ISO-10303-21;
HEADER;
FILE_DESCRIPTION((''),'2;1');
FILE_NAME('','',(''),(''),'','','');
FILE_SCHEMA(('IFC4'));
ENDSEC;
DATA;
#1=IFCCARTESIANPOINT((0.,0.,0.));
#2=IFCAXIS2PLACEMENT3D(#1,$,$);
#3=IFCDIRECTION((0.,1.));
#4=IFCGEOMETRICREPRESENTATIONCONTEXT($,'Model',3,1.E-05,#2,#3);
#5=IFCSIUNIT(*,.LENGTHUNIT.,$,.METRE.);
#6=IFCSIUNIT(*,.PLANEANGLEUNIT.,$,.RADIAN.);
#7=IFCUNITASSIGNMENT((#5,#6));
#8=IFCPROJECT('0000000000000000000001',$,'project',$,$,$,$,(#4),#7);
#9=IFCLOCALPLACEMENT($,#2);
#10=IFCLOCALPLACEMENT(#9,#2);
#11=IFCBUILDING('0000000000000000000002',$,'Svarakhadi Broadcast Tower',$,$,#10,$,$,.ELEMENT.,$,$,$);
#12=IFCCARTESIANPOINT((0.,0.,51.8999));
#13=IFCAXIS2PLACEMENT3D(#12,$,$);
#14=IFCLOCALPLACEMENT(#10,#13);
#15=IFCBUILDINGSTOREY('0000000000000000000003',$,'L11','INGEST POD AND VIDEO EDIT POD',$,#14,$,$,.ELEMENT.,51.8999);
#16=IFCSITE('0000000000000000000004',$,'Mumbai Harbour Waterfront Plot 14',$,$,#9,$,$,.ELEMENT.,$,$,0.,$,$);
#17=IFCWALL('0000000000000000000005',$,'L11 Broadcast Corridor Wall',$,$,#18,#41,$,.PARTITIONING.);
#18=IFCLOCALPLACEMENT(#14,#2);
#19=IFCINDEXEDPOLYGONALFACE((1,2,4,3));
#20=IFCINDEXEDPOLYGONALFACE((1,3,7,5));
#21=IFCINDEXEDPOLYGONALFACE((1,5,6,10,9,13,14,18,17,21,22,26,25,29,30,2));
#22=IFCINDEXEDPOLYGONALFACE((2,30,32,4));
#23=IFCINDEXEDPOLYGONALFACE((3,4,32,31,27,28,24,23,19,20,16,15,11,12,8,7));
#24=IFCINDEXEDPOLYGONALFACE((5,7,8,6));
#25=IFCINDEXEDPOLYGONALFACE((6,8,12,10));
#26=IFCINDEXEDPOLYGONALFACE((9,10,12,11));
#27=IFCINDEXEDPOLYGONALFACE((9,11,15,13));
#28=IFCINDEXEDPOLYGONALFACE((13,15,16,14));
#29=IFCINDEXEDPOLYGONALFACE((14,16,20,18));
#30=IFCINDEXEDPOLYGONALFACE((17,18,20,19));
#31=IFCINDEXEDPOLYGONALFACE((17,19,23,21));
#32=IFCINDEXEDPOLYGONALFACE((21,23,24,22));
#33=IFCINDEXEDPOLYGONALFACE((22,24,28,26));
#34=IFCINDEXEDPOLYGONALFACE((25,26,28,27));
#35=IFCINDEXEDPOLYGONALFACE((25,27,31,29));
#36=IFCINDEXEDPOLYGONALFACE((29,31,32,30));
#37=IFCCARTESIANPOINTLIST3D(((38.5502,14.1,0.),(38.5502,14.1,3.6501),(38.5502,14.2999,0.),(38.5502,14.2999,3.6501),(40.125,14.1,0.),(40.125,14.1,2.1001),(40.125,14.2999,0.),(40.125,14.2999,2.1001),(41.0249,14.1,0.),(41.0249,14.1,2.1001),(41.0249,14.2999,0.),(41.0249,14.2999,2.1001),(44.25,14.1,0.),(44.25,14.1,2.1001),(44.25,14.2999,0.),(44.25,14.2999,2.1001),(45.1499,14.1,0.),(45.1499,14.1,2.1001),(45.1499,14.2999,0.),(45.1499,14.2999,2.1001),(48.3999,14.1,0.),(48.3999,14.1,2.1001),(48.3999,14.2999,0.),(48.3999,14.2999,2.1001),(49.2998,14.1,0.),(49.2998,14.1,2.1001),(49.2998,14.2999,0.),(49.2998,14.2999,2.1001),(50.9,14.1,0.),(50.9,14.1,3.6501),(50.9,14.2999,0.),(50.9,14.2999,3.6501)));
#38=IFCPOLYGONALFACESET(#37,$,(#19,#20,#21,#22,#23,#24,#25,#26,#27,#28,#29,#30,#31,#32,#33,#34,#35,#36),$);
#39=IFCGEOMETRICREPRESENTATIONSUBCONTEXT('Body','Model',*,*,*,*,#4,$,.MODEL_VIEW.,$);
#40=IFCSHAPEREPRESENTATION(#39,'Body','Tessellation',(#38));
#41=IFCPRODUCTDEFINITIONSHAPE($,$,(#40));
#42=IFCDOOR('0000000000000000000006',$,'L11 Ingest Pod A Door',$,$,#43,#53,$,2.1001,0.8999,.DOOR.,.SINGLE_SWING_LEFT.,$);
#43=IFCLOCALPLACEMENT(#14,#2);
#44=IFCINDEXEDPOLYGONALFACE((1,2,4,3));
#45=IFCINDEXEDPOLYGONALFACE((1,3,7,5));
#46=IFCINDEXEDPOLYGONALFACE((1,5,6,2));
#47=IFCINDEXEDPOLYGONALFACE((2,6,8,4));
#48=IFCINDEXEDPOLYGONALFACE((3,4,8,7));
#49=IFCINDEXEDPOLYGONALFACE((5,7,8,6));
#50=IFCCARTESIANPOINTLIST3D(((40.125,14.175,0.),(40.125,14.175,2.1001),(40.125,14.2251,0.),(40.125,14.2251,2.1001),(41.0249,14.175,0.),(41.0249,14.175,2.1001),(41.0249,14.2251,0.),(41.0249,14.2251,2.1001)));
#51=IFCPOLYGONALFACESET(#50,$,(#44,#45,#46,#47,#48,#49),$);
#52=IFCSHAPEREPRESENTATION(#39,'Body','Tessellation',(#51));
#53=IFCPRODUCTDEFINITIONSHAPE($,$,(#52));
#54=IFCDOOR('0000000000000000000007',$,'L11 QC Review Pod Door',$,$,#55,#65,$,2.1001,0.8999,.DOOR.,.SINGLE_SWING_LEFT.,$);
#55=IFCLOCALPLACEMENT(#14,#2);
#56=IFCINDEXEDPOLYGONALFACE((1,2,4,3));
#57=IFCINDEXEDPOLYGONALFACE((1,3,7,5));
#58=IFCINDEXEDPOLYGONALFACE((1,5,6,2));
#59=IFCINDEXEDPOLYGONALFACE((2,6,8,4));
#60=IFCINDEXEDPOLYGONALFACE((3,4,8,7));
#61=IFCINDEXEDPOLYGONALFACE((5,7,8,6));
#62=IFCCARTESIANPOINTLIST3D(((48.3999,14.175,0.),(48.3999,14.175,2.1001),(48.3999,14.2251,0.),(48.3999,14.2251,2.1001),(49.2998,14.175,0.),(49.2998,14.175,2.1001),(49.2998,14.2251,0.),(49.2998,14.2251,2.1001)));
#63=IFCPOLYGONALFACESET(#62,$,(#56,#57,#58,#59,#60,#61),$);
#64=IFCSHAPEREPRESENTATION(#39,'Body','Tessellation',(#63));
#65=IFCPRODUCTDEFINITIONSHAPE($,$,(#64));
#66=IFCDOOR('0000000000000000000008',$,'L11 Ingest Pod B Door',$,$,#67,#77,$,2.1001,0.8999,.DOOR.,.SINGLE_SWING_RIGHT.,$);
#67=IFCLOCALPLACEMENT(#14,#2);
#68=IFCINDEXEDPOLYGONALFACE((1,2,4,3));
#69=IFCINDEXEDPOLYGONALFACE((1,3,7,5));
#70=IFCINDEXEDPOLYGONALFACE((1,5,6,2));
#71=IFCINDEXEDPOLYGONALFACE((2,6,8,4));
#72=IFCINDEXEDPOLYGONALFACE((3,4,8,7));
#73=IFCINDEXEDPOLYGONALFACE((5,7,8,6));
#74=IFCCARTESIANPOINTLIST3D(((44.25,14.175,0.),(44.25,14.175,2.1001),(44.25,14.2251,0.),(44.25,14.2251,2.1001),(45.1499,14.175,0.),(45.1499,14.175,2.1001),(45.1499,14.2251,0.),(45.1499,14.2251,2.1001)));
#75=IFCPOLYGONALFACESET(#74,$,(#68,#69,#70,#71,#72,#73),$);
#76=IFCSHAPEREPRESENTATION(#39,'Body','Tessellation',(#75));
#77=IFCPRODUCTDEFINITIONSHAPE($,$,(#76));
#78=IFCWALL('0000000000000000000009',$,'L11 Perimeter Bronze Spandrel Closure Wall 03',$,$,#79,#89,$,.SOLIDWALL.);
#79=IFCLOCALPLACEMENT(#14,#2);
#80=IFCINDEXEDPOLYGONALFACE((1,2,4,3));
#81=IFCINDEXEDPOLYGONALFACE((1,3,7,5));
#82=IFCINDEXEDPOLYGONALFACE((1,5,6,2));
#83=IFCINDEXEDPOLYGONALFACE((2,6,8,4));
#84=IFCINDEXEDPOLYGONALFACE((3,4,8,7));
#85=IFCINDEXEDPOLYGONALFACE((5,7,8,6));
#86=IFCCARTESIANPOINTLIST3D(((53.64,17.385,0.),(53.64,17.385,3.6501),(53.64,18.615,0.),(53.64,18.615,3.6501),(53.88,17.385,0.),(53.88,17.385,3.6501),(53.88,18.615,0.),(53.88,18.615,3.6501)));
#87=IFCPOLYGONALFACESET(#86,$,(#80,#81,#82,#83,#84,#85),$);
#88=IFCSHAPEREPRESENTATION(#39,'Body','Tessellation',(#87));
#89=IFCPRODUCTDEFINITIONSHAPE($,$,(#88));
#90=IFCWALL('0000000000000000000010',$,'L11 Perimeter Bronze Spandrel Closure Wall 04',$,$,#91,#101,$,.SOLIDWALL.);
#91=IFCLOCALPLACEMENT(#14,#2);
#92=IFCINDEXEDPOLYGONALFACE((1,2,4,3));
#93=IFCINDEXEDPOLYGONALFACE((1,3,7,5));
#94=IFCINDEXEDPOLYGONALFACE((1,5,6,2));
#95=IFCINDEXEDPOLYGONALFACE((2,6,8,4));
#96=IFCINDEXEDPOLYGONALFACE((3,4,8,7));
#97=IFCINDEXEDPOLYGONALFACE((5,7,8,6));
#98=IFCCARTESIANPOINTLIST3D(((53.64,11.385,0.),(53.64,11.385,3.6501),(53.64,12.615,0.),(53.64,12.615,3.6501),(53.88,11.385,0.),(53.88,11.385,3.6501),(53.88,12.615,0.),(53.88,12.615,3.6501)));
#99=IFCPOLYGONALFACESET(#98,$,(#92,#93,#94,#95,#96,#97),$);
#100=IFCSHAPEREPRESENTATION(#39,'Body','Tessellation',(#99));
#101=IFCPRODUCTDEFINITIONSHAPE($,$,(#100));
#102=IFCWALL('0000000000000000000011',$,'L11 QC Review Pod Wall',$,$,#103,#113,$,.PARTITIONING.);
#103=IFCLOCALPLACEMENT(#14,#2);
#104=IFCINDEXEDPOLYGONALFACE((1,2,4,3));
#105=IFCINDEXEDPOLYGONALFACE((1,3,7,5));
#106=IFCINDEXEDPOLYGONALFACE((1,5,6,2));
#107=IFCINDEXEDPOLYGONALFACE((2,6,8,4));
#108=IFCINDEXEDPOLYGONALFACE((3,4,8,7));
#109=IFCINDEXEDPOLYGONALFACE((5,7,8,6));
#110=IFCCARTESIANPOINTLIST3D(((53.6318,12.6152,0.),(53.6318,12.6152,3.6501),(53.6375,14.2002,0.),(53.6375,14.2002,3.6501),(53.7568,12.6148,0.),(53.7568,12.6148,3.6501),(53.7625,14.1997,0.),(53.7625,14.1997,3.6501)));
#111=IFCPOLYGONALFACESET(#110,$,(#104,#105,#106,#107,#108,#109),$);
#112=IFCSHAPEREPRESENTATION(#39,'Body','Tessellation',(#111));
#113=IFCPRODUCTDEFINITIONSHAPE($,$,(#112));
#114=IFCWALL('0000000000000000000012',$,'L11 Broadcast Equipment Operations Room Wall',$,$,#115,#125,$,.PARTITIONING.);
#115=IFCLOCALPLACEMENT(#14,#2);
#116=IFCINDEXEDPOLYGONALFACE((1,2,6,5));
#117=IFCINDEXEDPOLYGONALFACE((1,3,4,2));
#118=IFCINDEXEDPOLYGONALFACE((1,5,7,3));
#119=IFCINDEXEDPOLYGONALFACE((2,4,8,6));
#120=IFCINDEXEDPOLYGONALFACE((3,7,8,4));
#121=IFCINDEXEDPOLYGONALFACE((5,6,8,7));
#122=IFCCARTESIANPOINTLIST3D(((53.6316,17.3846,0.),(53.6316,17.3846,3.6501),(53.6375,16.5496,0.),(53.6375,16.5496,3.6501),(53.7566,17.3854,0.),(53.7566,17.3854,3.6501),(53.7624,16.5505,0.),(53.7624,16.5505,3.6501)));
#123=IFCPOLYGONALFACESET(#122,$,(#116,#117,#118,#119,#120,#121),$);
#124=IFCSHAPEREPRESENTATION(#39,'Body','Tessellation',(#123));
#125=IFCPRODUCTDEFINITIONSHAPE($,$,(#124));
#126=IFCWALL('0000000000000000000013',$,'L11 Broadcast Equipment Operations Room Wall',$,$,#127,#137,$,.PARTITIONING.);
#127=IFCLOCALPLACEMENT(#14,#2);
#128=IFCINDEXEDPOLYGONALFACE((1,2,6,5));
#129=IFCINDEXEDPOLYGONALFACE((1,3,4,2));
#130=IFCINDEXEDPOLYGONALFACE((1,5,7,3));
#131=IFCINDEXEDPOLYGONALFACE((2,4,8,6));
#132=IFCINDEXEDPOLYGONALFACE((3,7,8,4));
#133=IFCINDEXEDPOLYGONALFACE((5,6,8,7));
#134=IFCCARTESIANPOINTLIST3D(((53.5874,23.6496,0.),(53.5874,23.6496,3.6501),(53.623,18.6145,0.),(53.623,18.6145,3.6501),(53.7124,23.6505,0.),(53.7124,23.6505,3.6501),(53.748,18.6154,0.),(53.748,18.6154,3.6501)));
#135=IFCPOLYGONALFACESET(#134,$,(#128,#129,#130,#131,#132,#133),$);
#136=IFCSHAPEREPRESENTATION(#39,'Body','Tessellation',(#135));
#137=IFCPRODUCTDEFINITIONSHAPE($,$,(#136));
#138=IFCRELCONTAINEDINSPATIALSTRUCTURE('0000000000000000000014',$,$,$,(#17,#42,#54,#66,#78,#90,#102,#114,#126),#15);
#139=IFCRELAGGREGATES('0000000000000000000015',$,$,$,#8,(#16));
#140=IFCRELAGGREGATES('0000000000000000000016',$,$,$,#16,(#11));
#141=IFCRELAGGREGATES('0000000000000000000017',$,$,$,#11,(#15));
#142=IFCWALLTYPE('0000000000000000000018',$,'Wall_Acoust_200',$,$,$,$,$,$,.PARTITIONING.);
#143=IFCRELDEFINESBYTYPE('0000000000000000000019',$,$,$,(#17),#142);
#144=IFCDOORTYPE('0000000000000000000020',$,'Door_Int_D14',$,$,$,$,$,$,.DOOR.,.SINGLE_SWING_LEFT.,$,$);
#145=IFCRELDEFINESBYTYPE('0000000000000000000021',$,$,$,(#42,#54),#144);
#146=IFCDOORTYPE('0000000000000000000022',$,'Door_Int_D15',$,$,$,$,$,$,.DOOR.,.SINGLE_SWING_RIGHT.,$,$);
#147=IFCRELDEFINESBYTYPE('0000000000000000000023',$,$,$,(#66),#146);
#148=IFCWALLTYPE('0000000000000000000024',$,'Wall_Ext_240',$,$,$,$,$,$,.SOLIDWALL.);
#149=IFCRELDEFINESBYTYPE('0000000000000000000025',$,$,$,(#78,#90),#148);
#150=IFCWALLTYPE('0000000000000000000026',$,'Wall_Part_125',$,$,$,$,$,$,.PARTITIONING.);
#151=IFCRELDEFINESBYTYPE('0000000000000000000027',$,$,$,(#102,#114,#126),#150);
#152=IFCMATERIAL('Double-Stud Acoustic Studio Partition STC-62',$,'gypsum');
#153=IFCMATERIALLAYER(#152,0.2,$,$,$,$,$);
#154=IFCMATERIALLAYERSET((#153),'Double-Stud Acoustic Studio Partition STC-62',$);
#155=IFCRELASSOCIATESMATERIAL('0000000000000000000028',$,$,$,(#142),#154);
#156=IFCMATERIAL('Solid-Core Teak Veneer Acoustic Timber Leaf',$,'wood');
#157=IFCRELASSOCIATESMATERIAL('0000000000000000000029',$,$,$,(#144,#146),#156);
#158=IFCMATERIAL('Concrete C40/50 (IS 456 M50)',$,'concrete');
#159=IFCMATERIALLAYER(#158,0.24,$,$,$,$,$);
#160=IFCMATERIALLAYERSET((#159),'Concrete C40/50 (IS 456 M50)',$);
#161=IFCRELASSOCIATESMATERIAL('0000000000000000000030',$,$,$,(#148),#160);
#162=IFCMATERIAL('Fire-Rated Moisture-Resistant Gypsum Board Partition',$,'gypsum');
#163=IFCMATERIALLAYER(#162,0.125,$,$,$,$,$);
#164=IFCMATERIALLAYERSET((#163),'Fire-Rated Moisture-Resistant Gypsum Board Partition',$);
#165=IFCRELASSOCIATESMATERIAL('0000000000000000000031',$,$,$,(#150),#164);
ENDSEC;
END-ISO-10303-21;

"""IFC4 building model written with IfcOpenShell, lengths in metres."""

from ifc_helpers import new_model, si_unit, direction, frame, frame_2d, origin, place, context, subcontext, project, spatial, rectangle, extrude, material, layer, layer_set, type_object, element, fill, save


model = new_model("IFC4")

# Units and contexts
model_context = context("Model", 3, precision=1e-05, world=origin(), true_north=direction((0.0, 1.0)))
body_context = subcontext(model_context, "Body", "Model", "MODEL_VIEW")
ifc_project = project(units=[si_unit("LENGTHUNIT", "METRE"), si_unit("PLANEANGLEUNIT", "RADIAN")], contexts=[model_context])

# Site, building, storey
site_placement = place(None, origin())
site = spatial("IfcSite", under=ifc_project, at=site_placement, Name="Mumbai Harbour Waterfront Plot 14", CompositionType="ELEMENT", RefElevation=0.0)
building_placement = place(site_placement, origin())
building = spatial("IfcBuilding", under=site, at=building_placement, Name="Svarakhadi Broadcast Tower", CompositionType="ELEMENT")
storey_placement = place(building_placement, frame((0.0, 0.0, 51.8999)))
storey = spatial("IfcBuildingStorey", under=building, at=storey_placement, Name="L11", Description="INGEST POD AND VIDEO EDIT POD", CompositionType="ELEMENT", Elevation=51.8999)

# Shared definitions
ifc_material_1 = material(Name="Double-Stud Acoustic Studio Partition STC-62", Category="gypsum")
ifc_layer_1 = layer(ifc_material_1, 0.2)
ifc_layer_set_1 = layer_set([ifc_layer_1], Name="Double-Stud Acoustic Studio Partition STC-62")
wall_type_1 = type_object("IfcWallType", Name="Wall_Acoust_200", PredefinedType="PARTITIONING", material=ifc_layer_set_1)

# Wall, openings, doors
wall_1_placement = place(storey_placement, frame((50.8999, 14.2, 0.0), z_axis=(0.0, 0.0, 1.0), x_axis=(-1.0, 0.0, 0.0)))
wall_1 = element("IfcWall", 1, at=wall_1_placement, inside=storey, type_object=wall_type_1, Name="L11 Broadcast Corridor Wall", PredefinedType="PARTITIONING", context=body_context, shape_type="SweptSolid", body=[
    extrude(rectangle(XDim=12.3499, YDim=0.2, at=frame_2d((6.1748, 0.0))), origin(), (0.0, 0.0, 1.0), 3.6501),
])
opening_1_placement = place(wall_1_placement, frame((9.875, 0.0, 0.0)))
opening_1 = element("IfcOpeningElement", 2, at=opening_1_placement, cuts=wall_1, PredefinedType="OPENING", context=body_context, shape_type="SweptSolid", body=[
    extrude(rectangle(XDim=0.8999, YDim=2.1001, at=frame_2d((0.45, 1.05))), frame((0.0, 0.1099, 0.0), z_axis=(0.0, -1.0, 0.0), x_axis=(1.0, 0.0, 0.0)), (0.0, 0.0, 1.0), 0.22),
])
opening_2_placement = place(wall_1_placement, frame((5.75, 0.0, 0.0)))
opening_2 = element("IfcOpeningElement", 3, at=opening_2_placement, cuts=wall_1, PredefinedType="OPENING", context=body_context, shape_type="SweptSolid", body=[
    extrude(rectangle(XDim=0.8999, YDim=2.1001, at=frame_2d((0.45, 1.05))), frame((0.0, 0.1099, 0.0), z_axis=(0.0, -1.0, 0.0), x_axis=(1.0, 0.0, 0.0)), (0.0, 0.0, 1.0), 0.22),
])
opening_3_placement = place(wall_1_placement, frame((1.6001, 0.0, 0.0)))
opening_3 = element("IfcOpeningElement", 4, at=opening_3_placement, cuts=wall_1, PredefinedType="OPENING", context=body_context, shape_type="SweptSolid", body=[
    extrude(rectangle(XDim=0.8999, YDim=2.1001, at=frame_2d((0.45, 1.05))), frame((0.0, 0.1099, 0.0), z_axis=(0.0, -1.0, 0.0), x_axis=(1.0, 0.0, 0.0)), (0.0, 0.0, 1.0), 0.22),
])
ifc_material_2 = material(Name="Solid-Core Teak Veneer Acoustic Timber Leaf", Category="wood")
door_type_1 = type_object("IfcDoorType", Name="Door_Int_D14", OperationType="SINGLE_SWING_LEFT", PredefinedType="DOOR", material=ifc_material_2)
door_1_placement = place(opening_1_placement, origin())
door_1 = element("IfcDoor", 5, at=door_1_placement, inside=storey, type_object=door_type_1, Name="L11 Ingest Pod A Door", OperationType="SINGLE_SWING_LEFT", OverallHeight=2.1001, OverallWidth=0.8999, PredefinedType="DOOR", context=body_context, shape_type="SweptSolid", body=[
    extrude(rectangle(XDim=0.8999, YDim=2.1001, at=frame_2d((0.45, 1.05))), frame((0.0, 0.0249, 0.0), z_axis=(0.0, -1.0, 0.0), x_axis=(1.0, 0.0, 0.0)), (0.0, 0.0, 1.0), 0.05),
])
fill(opening_1, door_1)
door_2_placement = place(opening_3_placement, origin())
door_2 = element("IfcDoor", 6, at=door_2_placement, inside=storey, type_object=door_type_1, Name="L11 QC Review Pod Door", OperationType="SINGLE_SWING_LEFT", OverallHeight=2.1001, OverallWidth=0.8999, PredefinedType="DOOR", context=body_context, shape_type="SweptSolid", body=[
    extrude(rectangle(XDim=0.8999, YDim=2.1001, at=frame_2d((0.45, 1.05))), frame((0.0, 0.0249, 0.0), z_axis=(0.0, -1.0, 0.0), x_axis=(1.0, 0.0, 0.0)), (0.0, 0.0, 1.0), 0.05),
])
fill(opening_3, door_2)
door_type_2 = type_object("IfcDoorType", Name="Door_Int_D15", OperationType="SINGLE_SWING_RIGHT", PredefinedType="DOOR", material=ifc_material_2)
door_3_placement = place(opening_2_placement, origin())
door_3 = element("IfcDoor", 7, at=door_3_placement, inside=storey, type_object=door_type_2, Name="L11 Ingest Pod B Door", OperationType="SINGLE_SWING_RIGHT", OverallHeight=2.1001, OverallWidth=0.8999, PredefinedType="DOOR", context=body_context, shape_type="SweptSolid", body=[
    extrude(rectangle(XDim=0.8999, YDim=2.1001, at=frame_2d((0.45, 1.05))), frame((0.0, 0.0249, 0.0), z_axis=(0.0, -1.0, 0.0), x_axis=(1.0, 0.0, 0.0)), (0.0, 0.0, 1.0), 0.05),
])
fill(opening_2, door_3)

# Walls
ifc_material_3 = material(Name="Concrete C40/50 (IS 456 M50)", Category="concrete")
ifc_layer_2 = layer(ifc_material_3, 0.24)
ifc_layer_set_2 = layer_set([ifc_layer_2], Name="Concrete C40/50 (IS 456 M50)")
wall_type_2 = type_object("IfcWallType", Name="Wall_Ext_240", PredefinedType="SOLIDWALL", material=ifc_layer_set_2)
for number, where, z_axis, x_axis, name in (
    (8, (53.76, 18.615, 0.0), (0.0, 0.0, 1.0), (0.0, -1.0, 0.0), "L11 Perimeter Bronze Spandrel Closure Wall 03"),
    (9, (53.76, 12.615, 0.0), (0.0, 0.0, 1.0), (0.0, -1.0, 0.0), "L11 Perimeter Bronze Spandrel Closure Wall 04"),
):
    element("IfcWall", number, at=place(storey_placement, frame(where, z_axis=z_axis, x_axis=x_axis)), inside=storey, type_object=wall_type_2, Name=name, PredefinedType="SOLIDWALL", context=body_context, shape_type="SweptSolid", body=[
        extrude(rectangle(XDim=1.23, YDim=0.24, at=frame_2d((0.615, 0.0))), origin(), (0.0, 0.0, 1.0), 3.6501),
    ])
ifc_material_4 = material(Name="Fire-Rated Moisture-Resistant Gypsum Board Partition", Category="gypsum")
ifc_layer_3 = layer(ifc_material_4, 0.125)
ifc_layer_set_3 = layer_set([ifc_layer_3], Name="Fire-Rated Moisture-Resistant Gypsum Board Partition")
wall_type_3 = type_object("IfcWallType", Name="Wall_Part_125", PredefinedType="PARTITIONING", material=ifc_layer_set_3)
wall_2_placement = place(storey_placement, frame((53.6943, 12.615, 0.0), z_axis=(0.0, 0.0, 1.0), x_axis=(0.003543, 0.999994, 0.0)))
element("IfcWall", 10, at=wall_2_placement, inside=storey, type_object=wall_type_3, Name="L11 QC Review Pod Wall", PredefinedType="PARTITIONING", context=body_context, shape_type="SweptSolid", body=[
    extrude(rectangle(XDim=1.585, YDim=0.125, at=frame_2d((0.7925, 0.0))), origin(), (0.0, 0.0, 1.0), 3.6501),
])
wall_3_placement = place(storey_placement, frame((53.7, 16.55, 0.0), z_axis=(0.0, 0.0, 1.0), x_axis=(-0.007017, 0.999975, 0.0)))
element("IfcWall", 11, at=wall_3_placement, inside=storey, type_object=wall_type_3, Name="L11 Broadcast Equipment Operations Room Wall", PredefinedType="PARTITIONING", context=body_context, shape_type="SweptSolid", body=[
    extrude(rectangle(XDim=0.835, YDim=0.125, at=frame_2d((0.4175, 0.0))), origin(), (0.0, 0.0, 1.0), 3.6501),
])
wall_4_placement = place(storey_placement, frame((53.6855, 18.615, 0.0), z_axis=(0.0, 0.0, 1.0), x_axis=(-0.007079, 0.999975, 0.0)))
element("IfcWall", 12, at=wall_4_placement, inside=storey, type_object=wall_type_3, Name="L11 Broadcast Equipment Operations Room Wall", PredefinedType="PARTITIONING", context=body_context, shape_type="SweptSolid", body=[
    extrude(rectangle(XDim=5.0352, YDim=0.125, at=frame_2d((2.5176, 0.0))), origin(), (0.0, 0.0, 1.0), 3.6501),
])

save(model, "model.ifc")
